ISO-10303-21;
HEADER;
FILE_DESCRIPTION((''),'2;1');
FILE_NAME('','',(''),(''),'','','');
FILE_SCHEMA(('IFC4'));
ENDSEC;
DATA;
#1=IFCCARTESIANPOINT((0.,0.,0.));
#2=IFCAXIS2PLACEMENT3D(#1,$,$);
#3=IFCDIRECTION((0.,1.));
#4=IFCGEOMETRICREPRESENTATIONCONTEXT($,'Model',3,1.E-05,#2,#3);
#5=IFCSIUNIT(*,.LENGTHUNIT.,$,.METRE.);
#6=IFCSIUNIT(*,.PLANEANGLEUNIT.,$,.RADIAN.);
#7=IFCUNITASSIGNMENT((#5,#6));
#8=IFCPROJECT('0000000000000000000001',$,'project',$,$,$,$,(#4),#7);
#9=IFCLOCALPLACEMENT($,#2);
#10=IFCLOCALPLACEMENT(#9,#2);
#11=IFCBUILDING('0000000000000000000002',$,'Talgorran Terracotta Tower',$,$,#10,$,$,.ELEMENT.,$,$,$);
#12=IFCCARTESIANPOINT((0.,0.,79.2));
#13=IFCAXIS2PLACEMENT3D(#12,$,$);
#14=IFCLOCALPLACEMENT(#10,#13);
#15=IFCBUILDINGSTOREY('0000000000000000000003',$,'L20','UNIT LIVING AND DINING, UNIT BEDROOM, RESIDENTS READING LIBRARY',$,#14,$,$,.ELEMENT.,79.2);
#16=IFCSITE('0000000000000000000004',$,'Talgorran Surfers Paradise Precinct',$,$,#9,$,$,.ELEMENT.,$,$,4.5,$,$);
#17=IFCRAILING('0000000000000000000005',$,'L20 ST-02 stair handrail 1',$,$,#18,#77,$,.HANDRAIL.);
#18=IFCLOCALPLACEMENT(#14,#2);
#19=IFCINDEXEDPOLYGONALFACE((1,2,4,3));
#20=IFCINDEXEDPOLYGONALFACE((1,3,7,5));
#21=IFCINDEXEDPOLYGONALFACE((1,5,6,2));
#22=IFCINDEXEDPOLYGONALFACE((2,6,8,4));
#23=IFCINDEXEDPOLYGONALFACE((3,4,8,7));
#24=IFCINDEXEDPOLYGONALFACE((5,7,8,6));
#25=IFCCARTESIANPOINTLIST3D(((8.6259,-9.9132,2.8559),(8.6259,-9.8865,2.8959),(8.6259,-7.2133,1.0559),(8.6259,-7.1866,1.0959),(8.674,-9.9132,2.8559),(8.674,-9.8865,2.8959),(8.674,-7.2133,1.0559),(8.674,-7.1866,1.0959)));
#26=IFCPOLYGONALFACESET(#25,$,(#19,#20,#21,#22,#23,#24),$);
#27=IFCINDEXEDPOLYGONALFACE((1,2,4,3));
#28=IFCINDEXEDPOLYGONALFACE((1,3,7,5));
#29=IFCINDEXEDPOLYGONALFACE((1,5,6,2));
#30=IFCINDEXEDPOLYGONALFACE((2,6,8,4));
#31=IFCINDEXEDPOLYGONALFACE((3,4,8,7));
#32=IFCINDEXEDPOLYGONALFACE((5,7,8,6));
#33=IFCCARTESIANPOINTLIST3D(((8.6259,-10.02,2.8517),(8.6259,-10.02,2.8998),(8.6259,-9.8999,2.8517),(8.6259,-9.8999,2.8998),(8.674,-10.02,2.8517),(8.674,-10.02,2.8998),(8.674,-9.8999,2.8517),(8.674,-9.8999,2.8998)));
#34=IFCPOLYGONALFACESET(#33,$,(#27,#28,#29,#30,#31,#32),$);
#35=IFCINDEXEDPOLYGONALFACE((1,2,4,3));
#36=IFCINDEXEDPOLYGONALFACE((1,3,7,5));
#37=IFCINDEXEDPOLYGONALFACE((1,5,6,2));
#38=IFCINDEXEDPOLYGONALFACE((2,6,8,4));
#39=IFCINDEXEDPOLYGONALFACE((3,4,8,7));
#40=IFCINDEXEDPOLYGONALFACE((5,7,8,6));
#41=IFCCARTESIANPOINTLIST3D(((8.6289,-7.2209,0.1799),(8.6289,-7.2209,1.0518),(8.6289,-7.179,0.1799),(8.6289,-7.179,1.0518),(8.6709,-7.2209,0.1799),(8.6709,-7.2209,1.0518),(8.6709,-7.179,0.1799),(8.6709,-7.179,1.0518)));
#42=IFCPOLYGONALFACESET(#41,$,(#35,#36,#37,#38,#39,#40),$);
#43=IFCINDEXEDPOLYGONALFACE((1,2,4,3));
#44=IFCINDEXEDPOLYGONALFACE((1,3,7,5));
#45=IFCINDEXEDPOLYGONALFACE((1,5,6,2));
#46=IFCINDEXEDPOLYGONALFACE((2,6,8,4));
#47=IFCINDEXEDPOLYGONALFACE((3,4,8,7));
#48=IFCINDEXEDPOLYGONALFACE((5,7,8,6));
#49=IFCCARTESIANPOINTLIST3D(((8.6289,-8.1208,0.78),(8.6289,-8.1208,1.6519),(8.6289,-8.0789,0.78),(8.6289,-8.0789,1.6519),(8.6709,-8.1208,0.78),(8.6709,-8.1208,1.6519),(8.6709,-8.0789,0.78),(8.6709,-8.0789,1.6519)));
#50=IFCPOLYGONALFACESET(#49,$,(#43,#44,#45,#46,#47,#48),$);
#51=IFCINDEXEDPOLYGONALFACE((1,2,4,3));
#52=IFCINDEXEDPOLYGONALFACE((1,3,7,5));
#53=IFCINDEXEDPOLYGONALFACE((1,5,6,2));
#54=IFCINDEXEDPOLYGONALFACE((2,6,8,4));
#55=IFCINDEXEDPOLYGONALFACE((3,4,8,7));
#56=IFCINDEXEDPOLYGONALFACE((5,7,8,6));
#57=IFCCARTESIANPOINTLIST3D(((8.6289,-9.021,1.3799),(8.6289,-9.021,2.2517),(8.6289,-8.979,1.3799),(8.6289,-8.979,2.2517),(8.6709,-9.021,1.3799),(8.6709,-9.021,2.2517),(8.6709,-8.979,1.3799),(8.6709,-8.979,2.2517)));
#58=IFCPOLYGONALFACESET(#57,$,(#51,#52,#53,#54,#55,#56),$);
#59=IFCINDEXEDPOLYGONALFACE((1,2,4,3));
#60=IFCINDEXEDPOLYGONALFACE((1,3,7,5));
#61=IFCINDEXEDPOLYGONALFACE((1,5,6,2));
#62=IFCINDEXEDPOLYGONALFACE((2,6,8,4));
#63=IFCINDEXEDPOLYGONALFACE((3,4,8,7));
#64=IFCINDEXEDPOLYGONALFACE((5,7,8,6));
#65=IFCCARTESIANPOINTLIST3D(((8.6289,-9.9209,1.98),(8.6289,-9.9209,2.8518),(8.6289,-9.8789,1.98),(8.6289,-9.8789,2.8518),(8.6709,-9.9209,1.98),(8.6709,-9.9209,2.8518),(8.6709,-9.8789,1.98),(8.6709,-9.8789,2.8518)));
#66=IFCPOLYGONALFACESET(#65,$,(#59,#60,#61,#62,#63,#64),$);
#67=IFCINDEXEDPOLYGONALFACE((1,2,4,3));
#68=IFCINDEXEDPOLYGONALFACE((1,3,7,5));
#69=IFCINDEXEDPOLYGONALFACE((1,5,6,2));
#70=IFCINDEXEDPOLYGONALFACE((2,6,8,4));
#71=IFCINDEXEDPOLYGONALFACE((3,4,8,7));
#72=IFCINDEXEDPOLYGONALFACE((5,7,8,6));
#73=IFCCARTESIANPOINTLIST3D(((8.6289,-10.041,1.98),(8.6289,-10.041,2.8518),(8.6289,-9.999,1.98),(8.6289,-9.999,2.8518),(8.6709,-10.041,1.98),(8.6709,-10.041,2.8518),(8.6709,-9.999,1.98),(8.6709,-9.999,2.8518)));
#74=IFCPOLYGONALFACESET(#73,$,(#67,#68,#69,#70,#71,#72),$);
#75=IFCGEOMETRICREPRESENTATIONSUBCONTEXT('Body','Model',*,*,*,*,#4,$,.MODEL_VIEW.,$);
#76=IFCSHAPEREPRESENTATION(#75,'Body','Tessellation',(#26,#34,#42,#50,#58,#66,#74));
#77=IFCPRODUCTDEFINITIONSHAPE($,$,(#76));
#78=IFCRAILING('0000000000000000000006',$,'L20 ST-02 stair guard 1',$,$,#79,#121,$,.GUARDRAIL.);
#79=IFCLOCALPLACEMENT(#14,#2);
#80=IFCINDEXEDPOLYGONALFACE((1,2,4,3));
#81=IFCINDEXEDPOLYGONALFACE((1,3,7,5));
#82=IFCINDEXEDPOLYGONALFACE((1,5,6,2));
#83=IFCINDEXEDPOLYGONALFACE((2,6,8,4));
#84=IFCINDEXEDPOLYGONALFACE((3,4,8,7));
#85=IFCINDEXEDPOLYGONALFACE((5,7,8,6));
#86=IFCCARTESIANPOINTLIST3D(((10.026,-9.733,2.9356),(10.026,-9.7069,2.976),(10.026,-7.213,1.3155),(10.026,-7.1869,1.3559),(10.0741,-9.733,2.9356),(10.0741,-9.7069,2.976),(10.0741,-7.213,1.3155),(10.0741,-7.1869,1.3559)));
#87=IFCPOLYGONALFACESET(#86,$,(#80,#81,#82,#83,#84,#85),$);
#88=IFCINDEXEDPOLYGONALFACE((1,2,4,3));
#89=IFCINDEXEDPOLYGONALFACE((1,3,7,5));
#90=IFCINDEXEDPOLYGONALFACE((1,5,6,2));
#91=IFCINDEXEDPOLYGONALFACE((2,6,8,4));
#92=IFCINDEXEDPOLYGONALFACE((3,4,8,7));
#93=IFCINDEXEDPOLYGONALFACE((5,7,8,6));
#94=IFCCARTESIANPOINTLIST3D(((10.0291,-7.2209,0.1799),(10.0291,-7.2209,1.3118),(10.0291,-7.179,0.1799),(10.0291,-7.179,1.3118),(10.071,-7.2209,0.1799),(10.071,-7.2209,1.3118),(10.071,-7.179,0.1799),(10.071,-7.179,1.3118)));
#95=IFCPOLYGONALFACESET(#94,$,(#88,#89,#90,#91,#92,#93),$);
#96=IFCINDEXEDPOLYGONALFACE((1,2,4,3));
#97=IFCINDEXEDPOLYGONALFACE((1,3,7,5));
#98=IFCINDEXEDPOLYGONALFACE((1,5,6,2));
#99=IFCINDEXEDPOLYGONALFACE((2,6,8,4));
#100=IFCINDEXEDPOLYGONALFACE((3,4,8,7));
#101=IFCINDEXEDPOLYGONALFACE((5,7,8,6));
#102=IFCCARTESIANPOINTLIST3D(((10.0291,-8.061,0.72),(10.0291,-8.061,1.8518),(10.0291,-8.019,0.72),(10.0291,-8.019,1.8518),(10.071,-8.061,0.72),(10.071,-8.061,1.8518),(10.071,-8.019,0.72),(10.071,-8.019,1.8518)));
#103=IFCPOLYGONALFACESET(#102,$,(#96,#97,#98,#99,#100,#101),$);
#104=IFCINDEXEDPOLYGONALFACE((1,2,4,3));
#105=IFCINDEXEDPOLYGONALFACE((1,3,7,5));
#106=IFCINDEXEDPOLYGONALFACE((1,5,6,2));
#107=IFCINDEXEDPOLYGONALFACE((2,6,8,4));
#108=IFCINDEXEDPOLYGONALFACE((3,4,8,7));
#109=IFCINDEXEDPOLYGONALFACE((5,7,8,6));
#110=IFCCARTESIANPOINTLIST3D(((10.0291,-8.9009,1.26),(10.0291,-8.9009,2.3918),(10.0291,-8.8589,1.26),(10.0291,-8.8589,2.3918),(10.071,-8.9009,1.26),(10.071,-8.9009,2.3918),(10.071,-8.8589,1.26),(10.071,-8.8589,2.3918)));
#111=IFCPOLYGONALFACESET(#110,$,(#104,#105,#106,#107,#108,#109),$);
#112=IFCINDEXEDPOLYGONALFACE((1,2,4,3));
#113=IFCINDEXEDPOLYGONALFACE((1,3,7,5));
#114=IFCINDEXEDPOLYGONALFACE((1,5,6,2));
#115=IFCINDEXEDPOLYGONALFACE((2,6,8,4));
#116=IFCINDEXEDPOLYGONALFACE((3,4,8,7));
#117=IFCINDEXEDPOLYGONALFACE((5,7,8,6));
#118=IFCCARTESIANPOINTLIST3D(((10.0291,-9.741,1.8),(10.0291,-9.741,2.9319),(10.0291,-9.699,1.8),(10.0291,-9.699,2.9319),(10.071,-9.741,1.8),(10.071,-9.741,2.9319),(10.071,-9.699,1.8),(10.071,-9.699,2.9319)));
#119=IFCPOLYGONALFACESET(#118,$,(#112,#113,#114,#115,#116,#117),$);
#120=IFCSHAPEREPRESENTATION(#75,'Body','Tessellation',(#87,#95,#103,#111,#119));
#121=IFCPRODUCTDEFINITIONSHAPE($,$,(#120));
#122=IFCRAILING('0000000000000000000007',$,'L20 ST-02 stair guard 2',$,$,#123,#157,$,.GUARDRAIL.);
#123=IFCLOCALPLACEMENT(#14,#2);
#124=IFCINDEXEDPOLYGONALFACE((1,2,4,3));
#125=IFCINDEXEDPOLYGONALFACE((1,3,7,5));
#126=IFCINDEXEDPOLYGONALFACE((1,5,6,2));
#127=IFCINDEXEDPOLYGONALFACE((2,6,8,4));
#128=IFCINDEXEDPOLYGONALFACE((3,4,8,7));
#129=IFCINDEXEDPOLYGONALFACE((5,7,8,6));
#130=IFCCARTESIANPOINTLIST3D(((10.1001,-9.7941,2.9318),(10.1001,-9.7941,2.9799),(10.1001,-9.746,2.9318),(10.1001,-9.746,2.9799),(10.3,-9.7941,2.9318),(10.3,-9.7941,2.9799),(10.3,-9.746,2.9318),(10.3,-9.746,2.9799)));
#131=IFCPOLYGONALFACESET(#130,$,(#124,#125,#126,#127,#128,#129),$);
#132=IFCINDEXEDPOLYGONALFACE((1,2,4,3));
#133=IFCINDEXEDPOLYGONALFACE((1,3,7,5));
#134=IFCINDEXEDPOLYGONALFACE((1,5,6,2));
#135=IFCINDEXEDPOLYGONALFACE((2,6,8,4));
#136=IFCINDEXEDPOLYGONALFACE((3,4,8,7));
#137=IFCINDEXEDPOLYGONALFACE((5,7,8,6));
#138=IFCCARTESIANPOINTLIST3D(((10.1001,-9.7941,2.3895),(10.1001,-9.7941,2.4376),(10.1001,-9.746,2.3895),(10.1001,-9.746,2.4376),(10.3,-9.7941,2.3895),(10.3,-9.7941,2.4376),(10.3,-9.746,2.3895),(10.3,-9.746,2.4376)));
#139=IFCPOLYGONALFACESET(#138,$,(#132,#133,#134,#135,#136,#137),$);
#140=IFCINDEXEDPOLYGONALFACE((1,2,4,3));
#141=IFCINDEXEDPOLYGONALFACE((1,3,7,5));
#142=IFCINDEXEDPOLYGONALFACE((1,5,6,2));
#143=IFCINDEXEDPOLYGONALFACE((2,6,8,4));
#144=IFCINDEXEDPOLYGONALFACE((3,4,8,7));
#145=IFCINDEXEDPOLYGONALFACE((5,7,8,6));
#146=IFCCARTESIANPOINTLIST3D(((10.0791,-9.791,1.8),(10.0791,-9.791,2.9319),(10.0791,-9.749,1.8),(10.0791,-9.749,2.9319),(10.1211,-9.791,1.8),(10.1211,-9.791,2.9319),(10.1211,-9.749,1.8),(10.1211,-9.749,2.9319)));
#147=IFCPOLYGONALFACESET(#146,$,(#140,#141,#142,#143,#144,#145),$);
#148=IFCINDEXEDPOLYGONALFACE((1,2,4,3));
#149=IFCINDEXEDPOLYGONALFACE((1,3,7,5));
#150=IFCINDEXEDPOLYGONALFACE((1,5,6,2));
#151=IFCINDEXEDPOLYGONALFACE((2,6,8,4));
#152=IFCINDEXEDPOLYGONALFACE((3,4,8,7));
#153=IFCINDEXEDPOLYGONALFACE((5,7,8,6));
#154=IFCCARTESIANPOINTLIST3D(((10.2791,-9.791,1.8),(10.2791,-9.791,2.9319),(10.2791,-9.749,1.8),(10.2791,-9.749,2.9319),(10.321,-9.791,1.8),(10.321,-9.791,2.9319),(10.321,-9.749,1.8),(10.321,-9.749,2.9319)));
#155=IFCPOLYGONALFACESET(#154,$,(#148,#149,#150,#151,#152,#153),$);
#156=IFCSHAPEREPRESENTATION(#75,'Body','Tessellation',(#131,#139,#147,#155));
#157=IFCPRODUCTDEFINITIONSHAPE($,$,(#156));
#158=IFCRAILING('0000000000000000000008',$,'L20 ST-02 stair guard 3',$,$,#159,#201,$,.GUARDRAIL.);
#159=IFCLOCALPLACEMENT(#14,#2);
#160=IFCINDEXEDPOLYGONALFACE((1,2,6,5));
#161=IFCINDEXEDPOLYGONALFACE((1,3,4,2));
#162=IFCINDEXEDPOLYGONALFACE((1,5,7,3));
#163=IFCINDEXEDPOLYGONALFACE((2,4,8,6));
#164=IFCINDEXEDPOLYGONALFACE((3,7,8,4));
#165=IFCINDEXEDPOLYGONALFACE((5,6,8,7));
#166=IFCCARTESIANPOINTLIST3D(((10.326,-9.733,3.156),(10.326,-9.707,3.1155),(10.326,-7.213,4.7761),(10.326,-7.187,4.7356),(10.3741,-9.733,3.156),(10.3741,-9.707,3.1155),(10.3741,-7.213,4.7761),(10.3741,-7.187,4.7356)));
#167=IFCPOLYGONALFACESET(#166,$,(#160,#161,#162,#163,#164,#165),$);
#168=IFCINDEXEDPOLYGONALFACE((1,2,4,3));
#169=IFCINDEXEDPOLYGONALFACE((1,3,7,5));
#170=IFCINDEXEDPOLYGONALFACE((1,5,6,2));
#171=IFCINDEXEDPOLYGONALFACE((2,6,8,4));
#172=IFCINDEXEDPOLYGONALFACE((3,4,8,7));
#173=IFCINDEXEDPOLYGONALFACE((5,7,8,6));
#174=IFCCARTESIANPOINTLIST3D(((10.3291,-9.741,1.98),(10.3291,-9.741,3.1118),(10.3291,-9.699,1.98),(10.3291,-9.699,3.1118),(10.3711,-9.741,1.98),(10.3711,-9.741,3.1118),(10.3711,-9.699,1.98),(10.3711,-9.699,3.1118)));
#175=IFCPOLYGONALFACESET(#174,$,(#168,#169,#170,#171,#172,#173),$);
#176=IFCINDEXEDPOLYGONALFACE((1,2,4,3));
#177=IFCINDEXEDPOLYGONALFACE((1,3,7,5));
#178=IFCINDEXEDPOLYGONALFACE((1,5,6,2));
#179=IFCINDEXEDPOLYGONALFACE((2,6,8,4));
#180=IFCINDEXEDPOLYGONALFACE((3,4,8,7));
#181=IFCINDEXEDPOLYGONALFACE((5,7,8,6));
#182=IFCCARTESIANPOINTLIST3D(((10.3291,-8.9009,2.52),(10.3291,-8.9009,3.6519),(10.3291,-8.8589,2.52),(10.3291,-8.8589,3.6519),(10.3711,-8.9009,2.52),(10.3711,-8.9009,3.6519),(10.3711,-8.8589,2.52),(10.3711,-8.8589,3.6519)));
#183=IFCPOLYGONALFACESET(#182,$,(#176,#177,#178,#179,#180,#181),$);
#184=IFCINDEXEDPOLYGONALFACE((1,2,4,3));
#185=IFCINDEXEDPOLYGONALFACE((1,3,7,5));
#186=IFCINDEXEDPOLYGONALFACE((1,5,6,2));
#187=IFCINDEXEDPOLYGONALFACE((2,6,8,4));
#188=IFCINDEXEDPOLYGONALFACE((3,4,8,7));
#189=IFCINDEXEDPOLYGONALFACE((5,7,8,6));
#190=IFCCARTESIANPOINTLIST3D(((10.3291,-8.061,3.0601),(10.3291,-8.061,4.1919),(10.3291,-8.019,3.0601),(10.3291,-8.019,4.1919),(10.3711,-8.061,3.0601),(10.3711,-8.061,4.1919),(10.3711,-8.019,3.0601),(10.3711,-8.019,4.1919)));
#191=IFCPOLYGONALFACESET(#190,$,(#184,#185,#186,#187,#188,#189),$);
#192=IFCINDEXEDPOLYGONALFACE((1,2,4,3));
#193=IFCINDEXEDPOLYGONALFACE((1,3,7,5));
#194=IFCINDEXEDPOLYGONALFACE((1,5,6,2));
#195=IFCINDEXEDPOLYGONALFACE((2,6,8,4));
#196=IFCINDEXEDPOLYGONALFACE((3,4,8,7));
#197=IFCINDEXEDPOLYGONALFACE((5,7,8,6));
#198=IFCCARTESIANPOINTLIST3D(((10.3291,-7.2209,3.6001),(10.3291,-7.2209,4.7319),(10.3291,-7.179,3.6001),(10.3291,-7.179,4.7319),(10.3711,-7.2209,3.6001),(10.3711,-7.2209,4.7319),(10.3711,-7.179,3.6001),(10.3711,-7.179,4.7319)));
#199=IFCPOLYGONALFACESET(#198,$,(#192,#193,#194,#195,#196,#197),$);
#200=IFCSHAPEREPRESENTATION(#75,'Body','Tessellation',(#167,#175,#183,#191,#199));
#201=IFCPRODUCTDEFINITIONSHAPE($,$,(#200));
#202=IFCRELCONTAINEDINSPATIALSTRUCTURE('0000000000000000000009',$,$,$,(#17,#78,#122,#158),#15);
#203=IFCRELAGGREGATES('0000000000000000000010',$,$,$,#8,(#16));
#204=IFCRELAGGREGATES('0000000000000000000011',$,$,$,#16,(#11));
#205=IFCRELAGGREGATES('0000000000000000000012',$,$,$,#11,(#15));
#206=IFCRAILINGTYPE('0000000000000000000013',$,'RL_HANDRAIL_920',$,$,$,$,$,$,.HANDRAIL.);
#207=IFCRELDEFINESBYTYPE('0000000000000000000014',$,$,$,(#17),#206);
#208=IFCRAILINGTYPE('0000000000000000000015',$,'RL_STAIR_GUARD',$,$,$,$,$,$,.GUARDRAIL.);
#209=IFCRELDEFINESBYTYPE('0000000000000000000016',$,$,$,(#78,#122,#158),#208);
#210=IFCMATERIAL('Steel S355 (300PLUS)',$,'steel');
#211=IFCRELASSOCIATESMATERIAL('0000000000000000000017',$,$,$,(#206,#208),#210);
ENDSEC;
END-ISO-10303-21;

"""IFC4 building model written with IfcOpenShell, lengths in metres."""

from ifc_helpers import new_model, si_unit, direction, frame, origin, origin_2d, place, context, subcontext, project, spatial, rectangle, extrude, material, type_object, element, save


model = new_model("IFC4")

# Units and contexts
model_context = context("Model", 3, precision=1e-05, world=origin(), true_north=direction((0.0, 1.0)))
body_context = subcontext(model_context, "Body", "Model", "MODEL_VIEW")
ifc_project = project(units=[si_unit("LENGTHUNIT", "METRE"), si_unit("PLANEANGLEUNIT", "RADIAN")], contexts=[model_context])

# Site, building, storey
site_placement = place(None, origin())
site = spatial("IfcSite", under=ifc_project, at=site_placement, Name="Talgorran Surfers Paradise Precinct", CompositionType="ELEMENT", RefElevation=4.5)
building_placement = place(site_placement, origin())
building = spatial("IfcBuilding", under=site, at=building_placement, Name="Talgorran Terracotta Tower", CompositionType="ELEMENT")
storey_placement = place(building_placement, frame((0.0, 0.0, 79.2)))
storey = spatial("IfcBuildingStorey", under=building, at=storey_placement, Name="L20", Description="UNIT LIVING AND DINING, UNIT BEDROOM, RESIDENTS READING LIBRARY", CompositionType="ELEMENT", Elevation=79.2)

# Shared definitions
ifc_material_1 = material(Name="Steel S355 (300PLUS)", Category="steel")

# Railings
railing_type_1 = type_object("IfcRailingType", Name="RL_HANDRAIL_920", PredefinedType="HANDRAIL", material=ifc_material_1)
railing_1_placement = place(storey_placement, frame((8.6499, -7.2, 0.1799)))
element("IfcRailing", 1, at=railing_1_placement, inside=storey, type_object=railing_type_1, Name="L20 ST-02 stair handrail 1", PredefinedType="HANDRAIL", context=body_context, shape_type="SweptSolid", body=[
    extrude(rectangle(XDim=0.0481, YDim=0.0481, at=origin_2d()), frame((0.0, 0.0, 0.896), z_axis=(0.0, -0.832039, 0.554718), x_axis=(1.0, 0.0, 0.0)), (0.0, 0.0, 1.0), 3.2449),
    extrude(rectangle(XDim=0.0481, YDim=0.0481, at=origin_2d()), frame((0.0, -2.7, 2.6958), z_axis=(0.0, -1.0, 0.0), x_axis=(1.0, 0.0, 0.0)), (0.0, 0.0, 1.0), 0.1201),
    extrude(rectangle(XDim=0.042, YDim=0.042, at=origin_2d()), origin(), (0.0, 0.0, 1.0), 0.8718),
    extrude(rectangle(XDim=0.042, YDim=0.042, at=origin_2d()), frame((0.0, -0.8999, 0.6001)), (0.0, 0.0, 1.0), 0.8718),
    extrude(rectangle(XDim=0.042, YDim=0.042, at=origin_2d()), frame((0.0, -1.8, 1.2)), (0.0, 0.0, 1.0), 0.8718),
    extrude(rectangle(XDim=0.042, YDim=0.042, at=origin_2d()), frame((0.0, -2.7, 1.8)), (0.0, 0.0, 1.0), 0.8718),
    extrude(rectangle(XDim=0.042, YDim=0.042, at=origin_2d()), frame((0.0, -2.8201, 1.8)), (0.0, 0.0, 1.0), 0.8718),
])
railing_type_2 = type_object("IfcRailingType", Name="RL_STAIR_GUARD", PredefinedType="GUARDRAIL", material=ifc_material_1)
railing_2_placement = place(storey_placement, frame((10.05, -7.2, 0.1799)))
element("IfcRailing", 2, at=railing_2_placement, inside=storey, type_object=railing_type_2, Name="L20 ST-02 stair guard 1", PredefinedType="GUARDRAIL", context=body_context, shape_type="SweptSolid", body=[
    extrude(rectangle(XDim=0.0481, YDim=0.0481, at=origin_2d()), frame((0.0, 0.0, 1.1558), z_axis=(0.0, -0.841163, 0.540782), x_axis=(1.0, 0.0, 0.0)), (0.0, 0.0, 1.0), 2.9958),
    extrude(rectangle(XDim=0.042, YDim=0.042, at=origin_2d()), origin(), (0.0, 0.0, 1.0), 1.1318),
    extrude(rectangle(XDim=0.042, YDim=0.042, at=origin_2d()), frame((0.0, -0.8401, 0.54)), (0.0, 0.0, 1.0), 1.1318),
    extrude(rectangle(XDim=0.042, YDim=0.042, at=origin_2d()), frame((0.0, -1.6799, 1.0801)), (0.0, 0.0, 1.0), 1.1318),
    extrude(rectangle(XDim=0.042, YDim=0.042, at=origin_2d()), frame((0.0, -2.52, 1.6201)), (0.0, 0.0, 1.0), 1.1318),
])
railing_3_placement = place(storey_placement, frame((10.1001, -9.77, 1.8)))
element("IfcRailing", 3, at=railing_3_placement, inside=storey, type_object=railing_type_2, Name="L20 ST-02 stair guard 2", PredefinedType="GUARDRAIL", context=body_context, shape_type="SweptSolid", body=[
    extrude(rectangle(XDim=0.0481, YDim=0.0481, at=origin_2d()), frame((0.0, 0.0, 1.1558), z_axis=(1.0, 0.0, 0.0), x_axis=(0.0, 1.0, 0.0)), (0.0, 0.0, 1.0), 0.2),
    extrude(rectangle(XDim=0.0481, YDim=0.0481, at=origin_2d()), frame((0.0, 0.0, 0.6135), z_axis=(1.0, 0.0, 0.0), x_axis=(0.0, 1.0, 0.0)), (0.0, 0.0, 1.0), 0.2),
    extrude(rectangle(XDim=0.042, YDim=0.042, at=origin_2d()), origin(), (0.0, 0.0, 1.0), 1.1318),
    extrude(rectangle(XDim=0.042, YDim=0.042, at=origin_2d()), frame((0.2, 0.0, 0.0)), (0.0, 0.0, 1.0), 1.1318),
])
railing_4_placement = place(storey_placement, frame((10.3501, -9.72, 1.98)))
element("IfcRailing", 4, at=railing_4_placement, inside=storey, type_object=railing_type_2, Name="L20 ST-02 stair guard 3", PredefinedType="GUARDRAIL", context=body_context, shape_type="SweptSolid", body=[
    extrude(rectangle(XDim=0.0481, YDim=0.0481, at=origin_2d()), frame((0.0, 0.0, 1.1558), z_axis=(0.0, 0.841163, 0.540782), x_axis=(-1.0, 0.0, 0.0)), (0.0, 0.0, 1.0), 2.9958),
    extrude(rectangle(XDim=0.042, YDim=0.042, at=origin_2d()), origin(), (0.0, 0.0, 1.0), 1.1318),
    extrude(rectangle(XDim=0.042, YDim=0.042, at=origin_2d()), frame((0.0, 0.8401, 0.54)), (0.0, 0.0, 1.0), 1.1318),
    extrude(rectangle(XDim=0.042, YDim=0.042, at=origin_2d()), frame((0.0, 1.6799, 1.0801)), (0.0, 0.0, 1.0), 1.1318),
    extrude(rectangle(XDim=0.042, YDim=0.042, at=origin_2d()), frame((0.0, 2.52, 1.6201)), (0.0, 0.0, 1.0), 1.1318),
])

save(model, "model.ifc")
